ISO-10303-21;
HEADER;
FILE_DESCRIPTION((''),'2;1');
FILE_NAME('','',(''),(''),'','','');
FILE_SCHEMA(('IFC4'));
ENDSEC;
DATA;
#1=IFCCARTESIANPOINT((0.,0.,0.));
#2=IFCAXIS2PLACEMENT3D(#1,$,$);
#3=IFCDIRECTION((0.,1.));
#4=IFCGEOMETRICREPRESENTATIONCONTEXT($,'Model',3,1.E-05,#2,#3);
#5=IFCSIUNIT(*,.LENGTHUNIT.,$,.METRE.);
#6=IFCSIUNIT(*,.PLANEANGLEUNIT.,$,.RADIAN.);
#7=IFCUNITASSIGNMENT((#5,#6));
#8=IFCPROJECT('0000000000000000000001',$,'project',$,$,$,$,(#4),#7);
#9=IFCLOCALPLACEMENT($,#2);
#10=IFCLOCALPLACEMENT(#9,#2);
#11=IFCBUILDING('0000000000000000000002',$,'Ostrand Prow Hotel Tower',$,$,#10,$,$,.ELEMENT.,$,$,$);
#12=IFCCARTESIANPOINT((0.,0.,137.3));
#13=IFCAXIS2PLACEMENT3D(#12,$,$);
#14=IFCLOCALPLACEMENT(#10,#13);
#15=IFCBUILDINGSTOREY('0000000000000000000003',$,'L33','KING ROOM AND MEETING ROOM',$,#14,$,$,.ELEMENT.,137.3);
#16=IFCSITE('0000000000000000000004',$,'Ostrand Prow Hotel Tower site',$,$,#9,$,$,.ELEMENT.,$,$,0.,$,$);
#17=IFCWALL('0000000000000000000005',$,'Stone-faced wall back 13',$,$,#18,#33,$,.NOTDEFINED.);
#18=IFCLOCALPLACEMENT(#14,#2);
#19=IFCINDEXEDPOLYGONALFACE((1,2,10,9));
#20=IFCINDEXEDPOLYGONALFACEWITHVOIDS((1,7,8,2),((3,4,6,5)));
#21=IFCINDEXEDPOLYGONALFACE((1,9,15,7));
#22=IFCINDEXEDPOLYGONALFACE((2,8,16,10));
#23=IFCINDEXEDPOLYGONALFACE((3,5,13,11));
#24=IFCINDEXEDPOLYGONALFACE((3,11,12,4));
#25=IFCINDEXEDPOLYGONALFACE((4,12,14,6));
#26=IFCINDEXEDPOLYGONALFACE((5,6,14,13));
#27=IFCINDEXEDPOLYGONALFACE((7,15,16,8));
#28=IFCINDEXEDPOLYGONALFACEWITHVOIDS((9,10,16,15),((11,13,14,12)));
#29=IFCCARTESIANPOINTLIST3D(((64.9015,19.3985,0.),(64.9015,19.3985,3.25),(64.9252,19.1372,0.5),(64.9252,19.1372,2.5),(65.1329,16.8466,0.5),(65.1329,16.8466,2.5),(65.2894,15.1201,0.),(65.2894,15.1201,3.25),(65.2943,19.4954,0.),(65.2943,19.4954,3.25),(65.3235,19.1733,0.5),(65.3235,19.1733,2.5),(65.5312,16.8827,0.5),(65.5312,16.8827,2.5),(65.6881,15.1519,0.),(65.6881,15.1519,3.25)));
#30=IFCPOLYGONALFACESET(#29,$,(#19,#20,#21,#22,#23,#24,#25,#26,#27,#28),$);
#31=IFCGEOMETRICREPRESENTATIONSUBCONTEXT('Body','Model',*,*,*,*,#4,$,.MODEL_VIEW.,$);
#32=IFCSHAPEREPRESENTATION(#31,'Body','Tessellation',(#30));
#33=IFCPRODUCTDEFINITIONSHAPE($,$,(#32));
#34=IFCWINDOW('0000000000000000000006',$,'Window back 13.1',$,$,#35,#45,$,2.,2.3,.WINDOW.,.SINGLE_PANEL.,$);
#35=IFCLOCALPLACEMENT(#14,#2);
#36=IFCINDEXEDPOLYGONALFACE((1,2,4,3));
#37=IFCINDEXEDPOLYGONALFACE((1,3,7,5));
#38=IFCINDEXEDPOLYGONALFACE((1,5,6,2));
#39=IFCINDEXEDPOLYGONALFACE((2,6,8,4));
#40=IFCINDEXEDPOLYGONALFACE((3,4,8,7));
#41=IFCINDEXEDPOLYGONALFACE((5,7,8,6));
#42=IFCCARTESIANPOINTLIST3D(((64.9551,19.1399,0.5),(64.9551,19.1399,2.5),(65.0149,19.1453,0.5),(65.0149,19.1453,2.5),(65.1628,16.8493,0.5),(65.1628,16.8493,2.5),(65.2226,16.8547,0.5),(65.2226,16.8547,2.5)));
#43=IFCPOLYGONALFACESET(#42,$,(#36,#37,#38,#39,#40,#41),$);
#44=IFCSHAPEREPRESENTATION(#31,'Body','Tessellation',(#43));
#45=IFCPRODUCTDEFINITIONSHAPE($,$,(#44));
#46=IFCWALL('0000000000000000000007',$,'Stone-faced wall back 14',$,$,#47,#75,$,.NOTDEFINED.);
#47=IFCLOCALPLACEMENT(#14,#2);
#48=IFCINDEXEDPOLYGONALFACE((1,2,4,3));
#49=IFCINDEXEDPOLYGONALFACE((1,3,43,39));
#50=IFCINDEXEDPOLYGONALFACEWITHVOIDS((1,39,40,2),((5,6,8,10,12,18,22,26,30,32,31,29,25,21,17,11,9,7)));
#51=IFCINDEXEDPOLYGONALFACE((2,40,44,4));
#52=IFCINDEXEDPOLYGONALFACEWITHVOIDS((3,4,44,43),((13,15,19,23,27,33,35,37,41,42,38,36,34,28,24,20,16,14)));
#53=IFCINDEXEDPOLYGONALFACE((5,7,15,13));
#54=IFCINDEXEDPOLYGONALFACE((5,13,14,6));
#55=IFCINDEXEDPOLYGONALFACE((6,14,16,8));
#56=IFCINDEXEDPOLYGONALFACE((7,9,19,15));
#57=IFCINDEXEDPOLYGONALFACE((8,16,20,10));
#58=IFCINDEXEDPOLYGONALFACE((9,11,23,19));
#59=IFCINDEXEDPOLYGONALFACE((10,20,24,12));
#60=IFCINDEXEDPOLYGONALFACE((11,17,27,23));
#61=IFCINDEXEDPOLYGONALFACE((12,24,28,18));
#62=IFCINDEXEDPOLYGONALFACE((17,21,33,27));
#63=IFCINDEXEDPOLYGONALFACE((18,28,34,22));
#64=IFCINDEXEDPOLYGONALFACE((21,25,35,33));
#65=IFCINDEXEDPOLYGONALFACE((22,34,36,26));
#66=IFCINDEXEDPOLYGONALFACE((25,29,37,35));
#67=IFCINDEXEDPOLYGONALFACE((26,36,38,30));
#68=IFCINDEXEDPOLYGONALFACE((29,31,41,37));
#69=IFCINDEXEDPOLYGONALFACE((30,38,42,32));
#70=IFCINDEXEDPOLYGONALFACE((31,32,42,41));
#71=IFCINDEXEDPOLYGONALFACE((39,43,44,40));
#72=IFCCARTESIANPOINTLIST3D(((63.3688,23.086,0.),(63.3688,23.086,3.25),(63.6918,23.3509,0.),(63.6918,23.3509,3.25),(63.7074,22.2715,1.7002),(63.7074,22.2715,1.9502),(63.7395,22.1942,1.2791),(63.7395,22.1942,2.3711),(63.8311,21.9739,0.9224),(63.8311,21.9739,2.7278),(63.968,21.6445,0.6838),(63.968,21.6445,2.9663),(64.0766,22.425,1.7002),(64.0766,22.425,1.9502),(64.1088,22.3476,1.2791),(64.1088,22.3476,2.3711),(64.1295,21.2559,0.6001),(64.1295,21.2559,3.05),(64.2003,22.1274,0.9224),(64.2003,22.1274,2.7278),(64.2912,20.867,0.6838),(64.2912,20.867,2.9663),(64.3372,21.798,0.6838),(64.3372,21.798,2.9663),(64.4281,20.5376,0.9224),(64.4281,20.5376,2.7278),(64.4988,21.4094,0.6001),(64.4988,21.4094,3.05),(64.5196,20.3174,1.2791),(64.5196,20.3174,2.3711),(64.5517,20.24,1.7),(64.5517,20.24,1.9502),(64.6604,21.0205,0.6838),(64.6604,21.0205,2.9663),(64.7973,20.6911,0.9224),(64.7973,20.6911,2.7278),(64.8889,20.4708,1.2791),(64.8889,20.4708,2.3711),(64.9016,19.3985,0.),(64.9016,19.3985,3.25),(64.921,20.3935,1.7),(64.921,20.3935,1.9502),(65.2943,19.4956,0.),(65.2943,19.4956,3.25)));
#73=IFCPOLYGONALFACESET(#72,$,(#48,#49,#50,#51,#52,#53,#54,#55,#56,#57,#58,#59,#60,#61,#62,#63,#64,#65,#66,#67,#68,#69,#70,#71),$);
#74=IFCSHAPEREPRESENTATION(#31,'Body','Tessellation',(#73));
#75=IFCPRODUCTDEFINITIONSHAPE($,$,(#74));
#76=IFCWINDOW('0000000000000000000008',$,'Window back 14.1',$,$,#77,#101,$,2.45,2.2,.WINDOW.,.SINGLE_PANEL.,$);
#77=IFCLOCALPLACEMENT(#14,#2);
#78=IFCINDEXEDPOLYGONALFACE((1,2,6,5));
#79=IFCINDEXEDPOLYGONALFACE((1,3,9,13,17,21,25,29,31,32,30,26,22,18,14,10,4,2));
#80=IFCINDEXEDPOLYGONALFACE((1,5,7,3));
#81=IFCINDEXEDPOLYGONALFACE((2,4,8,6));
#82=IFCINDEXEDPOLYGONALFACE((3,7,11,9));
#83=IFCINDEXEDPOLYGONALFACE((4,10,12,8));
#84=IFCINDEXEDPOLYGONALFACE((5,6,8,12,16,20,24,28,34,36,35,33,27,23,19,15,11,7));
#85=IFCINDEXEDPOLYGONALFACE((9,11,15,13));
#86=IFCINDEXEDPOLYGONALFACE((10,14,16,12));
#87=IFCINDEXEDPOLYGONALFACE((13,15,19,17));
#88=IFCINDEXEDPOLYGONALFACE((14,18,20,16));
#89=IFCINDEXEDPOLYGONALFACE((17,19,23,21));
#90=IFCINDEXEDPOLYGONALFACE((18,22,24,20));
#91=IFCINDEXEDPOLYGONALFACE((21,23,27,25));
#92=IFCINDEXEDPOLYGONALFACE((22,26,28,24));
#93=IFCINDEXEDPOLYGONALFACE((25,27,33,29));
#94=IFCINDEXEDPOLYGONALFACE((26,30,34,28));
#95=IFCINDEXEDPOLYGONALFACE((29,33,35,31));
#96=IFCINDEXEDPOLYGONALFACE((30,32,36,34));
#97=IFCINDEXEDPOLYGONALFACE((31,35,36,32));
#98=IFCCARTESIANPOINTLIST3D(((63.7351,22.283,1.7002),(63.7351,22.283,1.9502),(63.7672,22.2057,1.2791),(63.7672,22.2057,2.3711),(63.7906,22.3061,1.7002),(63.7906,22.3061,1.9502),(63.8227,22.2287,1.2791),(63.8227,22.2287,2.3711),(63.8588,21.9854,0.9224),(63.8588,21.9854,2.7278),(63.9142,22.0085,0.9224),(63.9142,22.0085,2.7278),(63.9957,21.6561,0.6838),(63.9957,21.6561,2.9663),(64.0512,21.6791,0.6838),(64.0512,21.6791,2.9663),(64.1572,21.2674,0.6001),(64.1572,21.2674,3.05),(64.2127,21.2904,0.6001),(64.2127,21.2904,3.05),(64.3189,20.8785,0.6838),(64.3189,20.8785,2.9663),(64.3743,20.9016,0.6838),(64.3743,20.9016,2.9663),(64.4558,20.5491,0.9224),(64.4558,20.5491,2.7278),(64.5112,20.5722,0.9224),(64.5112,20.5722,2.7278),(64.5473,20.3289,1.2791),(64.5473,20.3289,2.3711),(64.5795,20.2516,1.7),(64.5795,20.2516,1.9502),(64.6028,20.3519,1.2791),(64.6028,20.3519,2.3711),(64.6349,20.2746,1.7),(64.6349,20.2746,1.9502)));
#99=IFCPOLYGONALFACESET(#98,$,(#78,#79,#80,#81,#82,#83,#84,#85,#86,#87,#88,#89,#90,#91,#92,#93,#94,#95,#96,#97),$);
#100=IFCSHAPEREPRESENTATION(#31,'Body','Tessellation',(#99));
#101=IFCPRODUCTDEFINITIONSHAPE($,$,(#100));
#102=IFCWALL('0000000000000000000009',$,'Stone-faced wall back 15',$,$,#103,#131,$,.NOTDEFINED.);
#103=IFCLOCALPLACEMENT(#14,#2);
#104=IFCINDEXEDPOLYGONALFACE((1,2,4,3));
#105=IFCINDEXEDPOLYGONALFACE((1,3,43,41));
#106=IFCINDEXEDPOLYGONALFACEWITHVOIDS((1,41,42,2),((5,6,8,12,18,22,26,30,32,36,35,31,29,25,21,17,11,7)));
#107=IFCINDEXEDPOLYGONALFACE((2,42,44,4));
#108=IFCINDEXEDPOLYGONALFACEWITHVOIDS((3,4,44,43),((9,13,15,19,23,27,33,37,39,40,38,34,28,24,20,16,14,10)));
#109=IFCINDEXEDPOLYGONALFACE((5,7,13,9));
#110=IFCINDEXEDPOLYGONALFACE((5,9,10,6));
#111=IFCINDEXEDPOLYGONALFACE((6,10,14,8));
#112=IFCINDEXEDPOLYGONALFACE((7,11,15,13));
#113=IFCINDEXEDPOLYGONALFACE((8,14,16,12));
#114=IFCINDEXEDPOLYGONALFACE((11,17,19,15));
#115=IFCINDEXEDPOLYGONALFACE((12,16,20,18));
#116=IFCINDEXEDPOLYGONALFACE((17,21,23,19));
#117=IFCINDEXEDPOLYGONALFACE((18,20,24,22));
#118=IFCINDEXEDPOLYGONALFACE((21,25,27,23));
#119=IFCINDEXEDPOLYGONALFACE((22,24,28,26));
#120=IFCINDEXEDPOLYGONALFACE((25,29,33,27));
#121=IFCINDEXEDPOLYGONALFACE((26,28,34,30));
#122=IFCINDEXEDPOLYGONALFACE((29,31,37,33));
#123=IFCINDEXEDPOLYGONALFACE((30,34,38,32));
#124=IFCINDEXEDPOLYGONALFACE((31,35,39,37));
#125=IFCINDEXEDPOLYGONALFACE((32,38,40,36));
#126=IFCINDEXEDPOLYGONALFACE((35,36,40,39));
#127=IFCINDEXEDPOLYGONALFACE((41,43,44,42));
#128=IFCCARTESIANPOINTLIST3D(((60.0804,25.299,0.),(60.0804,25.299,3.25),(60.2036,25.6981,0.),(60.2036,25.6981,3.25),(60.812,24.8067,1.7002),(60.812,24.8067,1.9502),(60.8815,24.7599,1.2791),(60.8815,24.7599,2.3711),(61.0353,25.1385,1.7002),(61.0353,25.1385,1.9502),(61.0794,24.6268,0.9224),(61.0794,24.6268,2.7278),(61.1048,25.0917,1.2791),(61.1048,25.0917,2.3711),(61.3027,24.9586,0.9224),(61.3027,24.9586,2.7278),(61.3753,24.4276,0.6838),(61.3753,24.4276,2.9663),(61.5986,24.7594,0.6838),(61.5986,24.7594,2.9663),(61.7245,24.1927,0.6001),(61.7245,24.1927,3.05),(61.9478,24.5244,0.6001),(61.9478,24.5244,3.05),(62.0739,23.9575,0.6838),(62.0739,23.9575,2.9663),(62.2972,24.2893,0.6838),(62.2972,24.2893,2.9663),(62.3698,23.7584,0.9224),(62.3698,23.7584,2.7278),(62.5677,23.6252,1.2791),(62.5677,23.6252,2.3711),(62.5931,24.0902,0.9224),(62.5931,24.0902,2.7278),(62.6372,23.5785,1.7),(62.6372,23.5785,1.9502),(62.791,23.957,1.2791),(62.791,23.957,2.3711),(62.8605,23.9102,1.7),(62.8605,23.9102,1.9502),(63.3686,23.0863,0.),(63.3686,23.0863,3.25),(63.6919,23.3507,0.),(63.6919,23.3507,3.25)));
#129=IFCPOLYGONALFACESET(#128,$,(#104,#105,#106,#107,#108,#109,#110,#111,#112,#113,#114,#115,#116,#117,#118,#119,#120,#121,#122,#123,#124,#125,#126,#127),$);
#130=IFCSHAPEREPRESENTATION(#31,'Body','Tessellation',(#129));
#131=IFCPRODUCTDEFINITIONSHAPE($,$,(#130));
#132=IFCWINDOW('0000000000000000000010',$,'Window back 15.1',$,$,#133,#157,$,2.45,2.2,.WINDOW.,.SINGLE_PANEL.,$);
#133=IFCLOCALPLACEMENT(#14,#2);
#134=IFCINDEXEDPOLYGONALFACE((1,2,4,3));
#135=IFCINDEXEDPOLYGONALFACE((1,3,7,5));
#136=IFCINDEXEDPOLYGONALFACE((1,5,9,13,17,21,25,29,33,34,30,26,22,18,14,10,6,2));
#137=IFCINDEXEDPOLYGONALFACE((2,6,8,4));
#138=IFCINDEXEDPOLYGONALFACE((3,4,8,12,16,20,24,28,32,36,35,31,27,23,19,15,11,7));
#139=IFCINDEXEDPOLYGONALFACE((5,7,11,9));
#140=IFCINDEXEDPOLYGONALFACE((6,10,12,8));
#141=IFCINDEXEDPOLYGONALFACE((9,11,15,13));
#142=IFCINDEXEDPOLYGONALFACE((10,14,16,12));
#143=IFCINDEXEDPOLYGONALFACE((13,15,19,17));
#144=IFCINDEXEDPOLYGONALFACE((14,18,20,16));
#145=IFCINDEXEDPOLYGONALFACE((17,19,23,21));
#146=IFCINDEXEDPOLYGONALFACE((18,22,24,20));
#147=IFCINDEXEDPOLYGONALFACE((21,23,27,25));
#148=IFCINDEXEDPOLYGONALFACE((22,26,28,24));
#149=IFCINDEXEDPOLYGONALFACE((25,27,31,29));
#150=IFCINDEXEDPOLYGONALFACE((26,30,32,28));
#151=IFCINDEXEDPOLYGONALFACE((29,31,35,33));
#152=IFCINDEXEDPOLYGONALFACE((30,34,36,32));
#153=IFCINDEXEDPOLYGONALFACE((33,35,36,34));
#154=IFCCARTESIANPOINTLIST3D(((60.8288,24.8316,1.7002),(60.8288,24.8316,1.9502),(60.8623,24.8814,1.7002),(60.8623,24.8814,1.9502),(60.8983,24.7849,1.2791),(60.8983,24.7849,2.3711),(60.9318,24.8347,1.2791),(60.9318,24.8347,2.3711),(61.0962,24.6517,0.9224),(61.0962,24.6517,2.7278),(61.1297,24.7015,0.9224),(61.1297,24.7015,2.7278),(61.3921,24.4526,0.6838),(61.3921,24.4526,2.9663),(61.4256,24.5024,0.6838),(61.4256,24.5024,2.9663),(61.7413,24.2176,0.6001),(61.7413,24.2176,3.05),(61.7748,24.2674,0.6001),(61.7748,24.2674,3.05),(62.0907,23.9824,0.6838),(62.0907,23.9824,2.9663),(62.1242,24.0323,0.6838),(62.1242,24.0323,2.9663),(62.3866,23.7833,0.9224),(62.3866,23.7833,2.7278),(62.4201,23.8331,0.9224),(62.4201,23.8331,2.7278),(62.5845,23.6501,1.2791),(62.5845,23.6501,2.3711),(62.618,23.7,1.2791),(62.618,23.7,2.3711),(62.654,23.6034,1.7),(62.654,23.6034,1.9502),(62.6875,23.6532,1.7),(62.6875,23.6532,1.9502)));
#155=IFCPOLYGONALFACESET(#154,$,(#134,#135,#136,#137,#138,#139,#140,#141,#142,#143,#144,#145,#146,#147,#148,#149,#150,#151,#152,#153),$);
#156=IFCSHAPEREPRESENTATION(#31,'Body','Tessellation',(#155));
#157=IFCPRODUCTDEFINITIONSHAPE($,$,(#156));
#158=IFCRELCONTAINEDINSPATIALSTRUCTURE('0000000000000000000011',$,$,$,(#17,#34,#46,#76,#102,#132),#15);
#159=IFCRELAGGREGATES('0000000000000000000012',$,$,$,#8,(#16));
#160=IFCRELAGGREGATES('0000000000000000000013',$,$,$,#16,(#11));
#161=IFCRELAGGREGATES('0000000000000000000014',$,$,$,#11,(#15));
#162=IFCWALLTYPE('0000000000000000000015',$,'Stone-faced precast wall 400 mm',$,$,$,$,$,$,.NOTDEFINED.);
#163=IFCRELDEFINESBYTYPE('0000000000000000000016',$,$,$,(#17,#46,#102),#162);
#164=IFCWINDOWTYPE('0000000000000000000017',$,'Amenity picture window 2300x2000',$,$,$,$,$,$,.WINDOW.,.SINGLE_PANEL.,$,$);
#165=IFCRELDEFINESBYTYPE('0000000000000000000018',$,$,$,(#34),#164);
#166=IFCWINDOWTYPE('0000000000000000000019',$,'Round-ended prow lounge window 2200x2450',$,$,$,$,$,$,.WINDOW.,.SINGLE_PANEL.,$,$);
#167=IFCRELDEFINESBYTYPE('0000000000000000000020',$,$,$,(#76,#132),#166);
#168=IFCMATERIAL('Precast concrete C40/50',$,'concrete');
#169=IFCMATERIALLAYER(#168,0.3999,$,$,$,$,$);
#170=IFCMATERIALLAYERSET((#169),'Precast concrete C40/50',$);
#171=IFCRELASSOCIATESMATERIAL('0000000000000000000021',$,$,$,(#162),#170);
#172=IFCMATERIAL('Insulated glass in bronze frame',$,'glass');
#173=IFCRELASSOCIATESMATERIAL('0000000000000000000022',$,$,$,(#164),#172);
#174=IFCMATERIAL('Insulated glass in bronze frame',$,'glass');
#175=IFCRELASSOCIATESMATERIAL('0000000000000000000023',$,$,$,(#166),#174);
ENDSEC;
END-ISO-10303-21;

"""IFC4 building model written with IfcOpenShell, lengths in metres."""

from ifc_helpers import new_model, si_unit, direction, frame, frame_2d, origin, place, context, subcontext, project, spatial, polyline, rectangle, outline, extrude, material, layer, layer_set, type_object, element, fill, save


model = new_model("IFC4")

# Units and contexts
model_context = context("Model", 3, precision=1e-05, world=origin(), true_north=direction((0.0, 1.0)))
body_context = subcontext(model_context, "Body", "Model", "MODEL_VIEW")
ifc_project = project(units=[si_unit("LENGTHUNIT", "METRE"), si_unit("PLANEANGLEUNIT", "RADIAN")], contexts=[model_context])

# Site, building, storey
site_placement = place(None, origin())
site = spatial("IfcSite", under=ifc_project, at=site_placement, Name="Ostrand Prow Hotel Tower site", CompositionType="ELEMENT", RefElevation=0.0)
building_placement = place(site_placement, origin())
building = spatial("IfcBuilding", under=site, at=building_placement, Name="Ostrand Prow Hotel Tower", CompositionType="ELEMENT")
storey_placement = place(building_placement, frame((0.0, 0.0, 137.3)))
storey = spatial("IfcBuildingStorey", under=building, at=storey_placement, Name="L33", Description="KING ROOM AND MEETING ROOM", CompositionType="ELEMENT", Elevation=137.3)

# Walls, openings, windows
ifc_material_1 = material(Name="Precast concrete C40/50", Category="concrete")
ifc_layer_1 = layer(ifc_material_1, 0.3999)
ifc_layer_set_1 = layer_set([ifc_layer_1], Name="Precast concrete C40/50")
wall_type_1 = type_object("IfcWallType", Name="Stone-faced precast wall 400 mm", PredefinedType="NOTDEFINED", material=ifc_layer_set_1)
wall_1_placement = place(storey_placement, frame((65.4888, 15.136, 0.0), z_axis=(0.0, 0.0, 1.0), x_axis=(-0.090297, 0.995915, 0.0)))
wall_1 = element("IfcWall", 1, at=wall_1_placement, inside=storey, type_object=wall_type_1, Name="Stone-faced wall back 13", PredefinedType="NOTDEFINED", context=body_context, shape_type="SweptSolid", body=[
    extrude(outline(polyline([(-0.0022, -0.2), (4.3591, -0.2), (4.2981, 0.2), (0.0022, 0.2), (-0.0022, -0.2)])), origin(), (0.0, 0.0, 1.0), 3.25),
])
opening_1_placement = place(wall_1_placement, frame((1.7358, 0.0, 0.5)))
opening_1 = element("IfcOpeningElement", 2, at=opening_1_placement, cuts=wall_1, PredefinedType="OPENING", context=body_context, shape_type="SweptSolid", body=[
    extrude(rectangle(XDim=2.3, YDim=2.0, at=frame_2d((1.1499, 1.0))), frame((0.0, 0.21, 0.0), z_axis=(0.0, -1.0, 0.0), x_axis=(1.0, 0.0, 0.0)), (0.0, 0.0, 1.0), 0.4199),
])
ifc_material_2 = material(Name="Insulated glass in bronze frame", Category="glass")
window_type_1 = type_object("IfcWindowType", Name="Amenity picture window 2300x2000", PartitioningType="SINGLE_PANEL", PredefinedType="WINDOW", material=ifc_material_2)
window_1_placement = place(opening_1_placement, origin())
window_1 = element("IfcWindow", 3, at=window_1_placement, inside=storey, type_object=window_type_1, Name="Window back 13.1", OverallHeight=2.0, OverallWidth=2.3, PartitioningType="SINGLE_PANEL", PredefinedType="WINDOW", context=body_context, shape_type="SweptSolid", body=[
    extrude(rectangle(XDim=2.3, YDim=2.0, at=frame_2d((1.1499, 1.0))), frame((0.0, 0.1699, 0.0), z_axis=(0.0, -1.0, 0.0), x_axis=(1.0, 0.0, 0.0)), (0.0, 0.0, 1.0), 0.0601),
])
fill(opening_1, window_1)
wall_2_placement = place(storey_placement, frame((65.0979, 19.447, 0.0), z_axis=(0.0, 0.0, 1.0), x_axis=(-0.383817, 0.923409, 0.0)))
wall_2 = element("IfcWall", 4, at=wall_2_placement, inside=storey, type_object=wall_type_1, Name="Stone-faced wall back 14", PredefinedType="NOTDEFINED", context=body_context, shape_type="SweptSolid", body=[
    extrude(outline(polyline([(-0.0305, -0.2), (4.1445, -0.2), (4.0239, 0.2), (0.0305, 0.2), (-0.0305, -0.2)])), origin(), (0.0, 0.0, 1.0), 3.25),
])
opening_2_placement = place(wall_2_placement, frame((0.9419, 0.0, 0.6001)))
opening_2 = element("IfcOpeningElement", 5, at=opening_2_placement, cuts=wall_2, PredefinedType="OPENING", context=body_context, shape_type="SweptSolid", body=[
    extrude(outline(polyline([(0.0, 1.3501), (0.0837, 1.771), (0.3223, 2.1277), (0.679, 2.3662), (1.1001, 2.45), (1.521, 2.3662), (1.8777, 2.1277), (2.1162, 1.771), (2.2, 1.3501), (2.2, 1.1001), (2.1162, 0.679), (1.8777, 0.3223), (1.521, 0.0837), (1.1001, 0.0), (0.679, 0.0837), (0.3223, 0.3223), (0.0837, 0.679), (0.0, 1.0999), (0.0, 1.3501)])), frame((0.0, 0.21, 0.0), z_axis=(0.0, -1.0, 0.0), x_axis=(1.0, 0.0, 0.0)), (0.0, 0.0, 1.0), 0.4199),
])
ifc_material_3 = material(Name="Insulated glass in bronze frame", Category="glass")
window_type_2 = type_object("IfcWindowType", Name="Round-ended prow lounge window 2200x2450", PartitioningType="SINGLE_PANEL", PredefinedType="WINDOW", material=ifc_material_3)
window_2_placement = place(opening_2_placement, origin())
window_2 = element("IfcWindow", 6, at=window_2_placement, inside=storey, type_object=window_type_2, Name="Window back 14.1", OverallHeight=2.45, OverallWidth=2.2, PartitioningType="SINGLE_PANEL", PredefinedType="WINDOW", context=body_context, shape_type="SweptSolid", body=[
    extrude(outline(polyline([(0.0, 1.3501), (0.0837, 1.771), (0.3223, 2.1277), (0.679, 2.3662), (1.1001, 2.45), (1.521, 2.3662), (1.8777, 2.1277), (2.1162, 1.771), (2.2, 1.3501), (2.2, 1.1001), (2.1162, 0.679), (1.8777, 0.3223), (1.521, 0.0837), (1.1001, 0.0), (0.679, 0.0837), (0.3223, 0.3223), (0.0837, 0.679), (0.0, 1.0999), (0.0, 1.3501)])), frame((0.0, 0.1699, 0.0), z_axis=(0.0, -1.0, 0.0), x_axis=(1.0, 0.0, 0.0)), (0.0, 0.0, 1.0), 0.0601),
])
fill(opening_2, window_2)
wall_3_placement = place(storey_placement, frame((63.5303, 23.2185, 0.0), z_axis=(0.0, 0.0, 1.0), x_axis=(-0.829642, 0.558296, 0.0)))
wall_3 = element("IfcWall", 7, at=wall_3_placement, inside=storey, type_object=wall_type_1, Name="Stone-faced wall back 15", PredefinedType="NOTDEFINED", context=body_context, shape_type="SweptSolid", body=[
    extrude(outline(polyline([(-0.0603, -0.2), (4.1443, -0.2), (4.0237, 0.2), (0.0603, 0.2), (-0.0603, -0.2)])), origin(), (0.0, 0.0, 1.0), 3.25),
])
opening_3_placement = place(wall_3_placement, frame((0.9419, 0.0, 0.6001)))
opening_3 = element("IfcOpeningElement", 8, at=opening_3_placement, cuts=wall_3, PredefinedType="OPENING", context=body_context, shape_type="SweptSolid", body=[
    extrude(outline(polyline([(0.0, 1.3501), (0.0837, 1.771), (0.3223, 2.1277), (0.679, 2.3662), (1.1001, 2.45), (1.521, 2.3662), (1.8777, 2.1277), (2.1162, 1.771), (2.2, 1.3501), (2.2, 1.1001), (2.1162, 0.679), (1.8777, 0.3223), (1.521, 0.0837), (1.1001, 0.0), (0.679, 0.0837), (0.3223, 0.3223), (0.0837, 0.679), (0.0, 1.0999), (0.0, 1.3501)])), frame((0.0, 0.21, 0.0), z_axis=(0.0, -1.0, 0.0), x_axis=(1.0, 0.0, 0.0)), (0.0, 0.0, 1.0), 0.4199),
])
window_3_placement = place(opening_3_placement, origin())
window_3 = element("IfcWindow", 9, at=window_3_placement, inside=storey, type_object=window_type_2, Name="Window back 15.1", OverallHeight=2.45, OverallWidth=2.2, PartitioningType="SINGLE_PANEL", PredefinedType="WINDOW", context=body_context, shape_type="SweptSolid", body=[
    extrude(outline(polyline([(0.0, 1.3501), (0.0837, 1.771), (0.3223, 2.1277), (0.679, 2.3662), (1.1001, 2.45), (1.521, 2.3662), (1.8777, 2.1277), (2.1162, 1.771), (2.2, 1.3501), (2.2, 1.1001), (2.1162, 0.679), (1.8777, 0.3223), (1.521, 0.0837), (1.1001, 0.0), (0.679, 0.0837), (0.3223, 0.3223), (0.0837, 0.679), (0.0, 1.0999), (0.0, 1.3501)])), frame((0.0, 0.1699, 0.0), z_axis=(0.0, -1.0, 0.0), x_axis=(1.0, 0.0, 0.0)), (0.0, 0.0, 1.0), 0.0601),
])
fill(opening_3, window_3)

save(model, "model.ifc")
